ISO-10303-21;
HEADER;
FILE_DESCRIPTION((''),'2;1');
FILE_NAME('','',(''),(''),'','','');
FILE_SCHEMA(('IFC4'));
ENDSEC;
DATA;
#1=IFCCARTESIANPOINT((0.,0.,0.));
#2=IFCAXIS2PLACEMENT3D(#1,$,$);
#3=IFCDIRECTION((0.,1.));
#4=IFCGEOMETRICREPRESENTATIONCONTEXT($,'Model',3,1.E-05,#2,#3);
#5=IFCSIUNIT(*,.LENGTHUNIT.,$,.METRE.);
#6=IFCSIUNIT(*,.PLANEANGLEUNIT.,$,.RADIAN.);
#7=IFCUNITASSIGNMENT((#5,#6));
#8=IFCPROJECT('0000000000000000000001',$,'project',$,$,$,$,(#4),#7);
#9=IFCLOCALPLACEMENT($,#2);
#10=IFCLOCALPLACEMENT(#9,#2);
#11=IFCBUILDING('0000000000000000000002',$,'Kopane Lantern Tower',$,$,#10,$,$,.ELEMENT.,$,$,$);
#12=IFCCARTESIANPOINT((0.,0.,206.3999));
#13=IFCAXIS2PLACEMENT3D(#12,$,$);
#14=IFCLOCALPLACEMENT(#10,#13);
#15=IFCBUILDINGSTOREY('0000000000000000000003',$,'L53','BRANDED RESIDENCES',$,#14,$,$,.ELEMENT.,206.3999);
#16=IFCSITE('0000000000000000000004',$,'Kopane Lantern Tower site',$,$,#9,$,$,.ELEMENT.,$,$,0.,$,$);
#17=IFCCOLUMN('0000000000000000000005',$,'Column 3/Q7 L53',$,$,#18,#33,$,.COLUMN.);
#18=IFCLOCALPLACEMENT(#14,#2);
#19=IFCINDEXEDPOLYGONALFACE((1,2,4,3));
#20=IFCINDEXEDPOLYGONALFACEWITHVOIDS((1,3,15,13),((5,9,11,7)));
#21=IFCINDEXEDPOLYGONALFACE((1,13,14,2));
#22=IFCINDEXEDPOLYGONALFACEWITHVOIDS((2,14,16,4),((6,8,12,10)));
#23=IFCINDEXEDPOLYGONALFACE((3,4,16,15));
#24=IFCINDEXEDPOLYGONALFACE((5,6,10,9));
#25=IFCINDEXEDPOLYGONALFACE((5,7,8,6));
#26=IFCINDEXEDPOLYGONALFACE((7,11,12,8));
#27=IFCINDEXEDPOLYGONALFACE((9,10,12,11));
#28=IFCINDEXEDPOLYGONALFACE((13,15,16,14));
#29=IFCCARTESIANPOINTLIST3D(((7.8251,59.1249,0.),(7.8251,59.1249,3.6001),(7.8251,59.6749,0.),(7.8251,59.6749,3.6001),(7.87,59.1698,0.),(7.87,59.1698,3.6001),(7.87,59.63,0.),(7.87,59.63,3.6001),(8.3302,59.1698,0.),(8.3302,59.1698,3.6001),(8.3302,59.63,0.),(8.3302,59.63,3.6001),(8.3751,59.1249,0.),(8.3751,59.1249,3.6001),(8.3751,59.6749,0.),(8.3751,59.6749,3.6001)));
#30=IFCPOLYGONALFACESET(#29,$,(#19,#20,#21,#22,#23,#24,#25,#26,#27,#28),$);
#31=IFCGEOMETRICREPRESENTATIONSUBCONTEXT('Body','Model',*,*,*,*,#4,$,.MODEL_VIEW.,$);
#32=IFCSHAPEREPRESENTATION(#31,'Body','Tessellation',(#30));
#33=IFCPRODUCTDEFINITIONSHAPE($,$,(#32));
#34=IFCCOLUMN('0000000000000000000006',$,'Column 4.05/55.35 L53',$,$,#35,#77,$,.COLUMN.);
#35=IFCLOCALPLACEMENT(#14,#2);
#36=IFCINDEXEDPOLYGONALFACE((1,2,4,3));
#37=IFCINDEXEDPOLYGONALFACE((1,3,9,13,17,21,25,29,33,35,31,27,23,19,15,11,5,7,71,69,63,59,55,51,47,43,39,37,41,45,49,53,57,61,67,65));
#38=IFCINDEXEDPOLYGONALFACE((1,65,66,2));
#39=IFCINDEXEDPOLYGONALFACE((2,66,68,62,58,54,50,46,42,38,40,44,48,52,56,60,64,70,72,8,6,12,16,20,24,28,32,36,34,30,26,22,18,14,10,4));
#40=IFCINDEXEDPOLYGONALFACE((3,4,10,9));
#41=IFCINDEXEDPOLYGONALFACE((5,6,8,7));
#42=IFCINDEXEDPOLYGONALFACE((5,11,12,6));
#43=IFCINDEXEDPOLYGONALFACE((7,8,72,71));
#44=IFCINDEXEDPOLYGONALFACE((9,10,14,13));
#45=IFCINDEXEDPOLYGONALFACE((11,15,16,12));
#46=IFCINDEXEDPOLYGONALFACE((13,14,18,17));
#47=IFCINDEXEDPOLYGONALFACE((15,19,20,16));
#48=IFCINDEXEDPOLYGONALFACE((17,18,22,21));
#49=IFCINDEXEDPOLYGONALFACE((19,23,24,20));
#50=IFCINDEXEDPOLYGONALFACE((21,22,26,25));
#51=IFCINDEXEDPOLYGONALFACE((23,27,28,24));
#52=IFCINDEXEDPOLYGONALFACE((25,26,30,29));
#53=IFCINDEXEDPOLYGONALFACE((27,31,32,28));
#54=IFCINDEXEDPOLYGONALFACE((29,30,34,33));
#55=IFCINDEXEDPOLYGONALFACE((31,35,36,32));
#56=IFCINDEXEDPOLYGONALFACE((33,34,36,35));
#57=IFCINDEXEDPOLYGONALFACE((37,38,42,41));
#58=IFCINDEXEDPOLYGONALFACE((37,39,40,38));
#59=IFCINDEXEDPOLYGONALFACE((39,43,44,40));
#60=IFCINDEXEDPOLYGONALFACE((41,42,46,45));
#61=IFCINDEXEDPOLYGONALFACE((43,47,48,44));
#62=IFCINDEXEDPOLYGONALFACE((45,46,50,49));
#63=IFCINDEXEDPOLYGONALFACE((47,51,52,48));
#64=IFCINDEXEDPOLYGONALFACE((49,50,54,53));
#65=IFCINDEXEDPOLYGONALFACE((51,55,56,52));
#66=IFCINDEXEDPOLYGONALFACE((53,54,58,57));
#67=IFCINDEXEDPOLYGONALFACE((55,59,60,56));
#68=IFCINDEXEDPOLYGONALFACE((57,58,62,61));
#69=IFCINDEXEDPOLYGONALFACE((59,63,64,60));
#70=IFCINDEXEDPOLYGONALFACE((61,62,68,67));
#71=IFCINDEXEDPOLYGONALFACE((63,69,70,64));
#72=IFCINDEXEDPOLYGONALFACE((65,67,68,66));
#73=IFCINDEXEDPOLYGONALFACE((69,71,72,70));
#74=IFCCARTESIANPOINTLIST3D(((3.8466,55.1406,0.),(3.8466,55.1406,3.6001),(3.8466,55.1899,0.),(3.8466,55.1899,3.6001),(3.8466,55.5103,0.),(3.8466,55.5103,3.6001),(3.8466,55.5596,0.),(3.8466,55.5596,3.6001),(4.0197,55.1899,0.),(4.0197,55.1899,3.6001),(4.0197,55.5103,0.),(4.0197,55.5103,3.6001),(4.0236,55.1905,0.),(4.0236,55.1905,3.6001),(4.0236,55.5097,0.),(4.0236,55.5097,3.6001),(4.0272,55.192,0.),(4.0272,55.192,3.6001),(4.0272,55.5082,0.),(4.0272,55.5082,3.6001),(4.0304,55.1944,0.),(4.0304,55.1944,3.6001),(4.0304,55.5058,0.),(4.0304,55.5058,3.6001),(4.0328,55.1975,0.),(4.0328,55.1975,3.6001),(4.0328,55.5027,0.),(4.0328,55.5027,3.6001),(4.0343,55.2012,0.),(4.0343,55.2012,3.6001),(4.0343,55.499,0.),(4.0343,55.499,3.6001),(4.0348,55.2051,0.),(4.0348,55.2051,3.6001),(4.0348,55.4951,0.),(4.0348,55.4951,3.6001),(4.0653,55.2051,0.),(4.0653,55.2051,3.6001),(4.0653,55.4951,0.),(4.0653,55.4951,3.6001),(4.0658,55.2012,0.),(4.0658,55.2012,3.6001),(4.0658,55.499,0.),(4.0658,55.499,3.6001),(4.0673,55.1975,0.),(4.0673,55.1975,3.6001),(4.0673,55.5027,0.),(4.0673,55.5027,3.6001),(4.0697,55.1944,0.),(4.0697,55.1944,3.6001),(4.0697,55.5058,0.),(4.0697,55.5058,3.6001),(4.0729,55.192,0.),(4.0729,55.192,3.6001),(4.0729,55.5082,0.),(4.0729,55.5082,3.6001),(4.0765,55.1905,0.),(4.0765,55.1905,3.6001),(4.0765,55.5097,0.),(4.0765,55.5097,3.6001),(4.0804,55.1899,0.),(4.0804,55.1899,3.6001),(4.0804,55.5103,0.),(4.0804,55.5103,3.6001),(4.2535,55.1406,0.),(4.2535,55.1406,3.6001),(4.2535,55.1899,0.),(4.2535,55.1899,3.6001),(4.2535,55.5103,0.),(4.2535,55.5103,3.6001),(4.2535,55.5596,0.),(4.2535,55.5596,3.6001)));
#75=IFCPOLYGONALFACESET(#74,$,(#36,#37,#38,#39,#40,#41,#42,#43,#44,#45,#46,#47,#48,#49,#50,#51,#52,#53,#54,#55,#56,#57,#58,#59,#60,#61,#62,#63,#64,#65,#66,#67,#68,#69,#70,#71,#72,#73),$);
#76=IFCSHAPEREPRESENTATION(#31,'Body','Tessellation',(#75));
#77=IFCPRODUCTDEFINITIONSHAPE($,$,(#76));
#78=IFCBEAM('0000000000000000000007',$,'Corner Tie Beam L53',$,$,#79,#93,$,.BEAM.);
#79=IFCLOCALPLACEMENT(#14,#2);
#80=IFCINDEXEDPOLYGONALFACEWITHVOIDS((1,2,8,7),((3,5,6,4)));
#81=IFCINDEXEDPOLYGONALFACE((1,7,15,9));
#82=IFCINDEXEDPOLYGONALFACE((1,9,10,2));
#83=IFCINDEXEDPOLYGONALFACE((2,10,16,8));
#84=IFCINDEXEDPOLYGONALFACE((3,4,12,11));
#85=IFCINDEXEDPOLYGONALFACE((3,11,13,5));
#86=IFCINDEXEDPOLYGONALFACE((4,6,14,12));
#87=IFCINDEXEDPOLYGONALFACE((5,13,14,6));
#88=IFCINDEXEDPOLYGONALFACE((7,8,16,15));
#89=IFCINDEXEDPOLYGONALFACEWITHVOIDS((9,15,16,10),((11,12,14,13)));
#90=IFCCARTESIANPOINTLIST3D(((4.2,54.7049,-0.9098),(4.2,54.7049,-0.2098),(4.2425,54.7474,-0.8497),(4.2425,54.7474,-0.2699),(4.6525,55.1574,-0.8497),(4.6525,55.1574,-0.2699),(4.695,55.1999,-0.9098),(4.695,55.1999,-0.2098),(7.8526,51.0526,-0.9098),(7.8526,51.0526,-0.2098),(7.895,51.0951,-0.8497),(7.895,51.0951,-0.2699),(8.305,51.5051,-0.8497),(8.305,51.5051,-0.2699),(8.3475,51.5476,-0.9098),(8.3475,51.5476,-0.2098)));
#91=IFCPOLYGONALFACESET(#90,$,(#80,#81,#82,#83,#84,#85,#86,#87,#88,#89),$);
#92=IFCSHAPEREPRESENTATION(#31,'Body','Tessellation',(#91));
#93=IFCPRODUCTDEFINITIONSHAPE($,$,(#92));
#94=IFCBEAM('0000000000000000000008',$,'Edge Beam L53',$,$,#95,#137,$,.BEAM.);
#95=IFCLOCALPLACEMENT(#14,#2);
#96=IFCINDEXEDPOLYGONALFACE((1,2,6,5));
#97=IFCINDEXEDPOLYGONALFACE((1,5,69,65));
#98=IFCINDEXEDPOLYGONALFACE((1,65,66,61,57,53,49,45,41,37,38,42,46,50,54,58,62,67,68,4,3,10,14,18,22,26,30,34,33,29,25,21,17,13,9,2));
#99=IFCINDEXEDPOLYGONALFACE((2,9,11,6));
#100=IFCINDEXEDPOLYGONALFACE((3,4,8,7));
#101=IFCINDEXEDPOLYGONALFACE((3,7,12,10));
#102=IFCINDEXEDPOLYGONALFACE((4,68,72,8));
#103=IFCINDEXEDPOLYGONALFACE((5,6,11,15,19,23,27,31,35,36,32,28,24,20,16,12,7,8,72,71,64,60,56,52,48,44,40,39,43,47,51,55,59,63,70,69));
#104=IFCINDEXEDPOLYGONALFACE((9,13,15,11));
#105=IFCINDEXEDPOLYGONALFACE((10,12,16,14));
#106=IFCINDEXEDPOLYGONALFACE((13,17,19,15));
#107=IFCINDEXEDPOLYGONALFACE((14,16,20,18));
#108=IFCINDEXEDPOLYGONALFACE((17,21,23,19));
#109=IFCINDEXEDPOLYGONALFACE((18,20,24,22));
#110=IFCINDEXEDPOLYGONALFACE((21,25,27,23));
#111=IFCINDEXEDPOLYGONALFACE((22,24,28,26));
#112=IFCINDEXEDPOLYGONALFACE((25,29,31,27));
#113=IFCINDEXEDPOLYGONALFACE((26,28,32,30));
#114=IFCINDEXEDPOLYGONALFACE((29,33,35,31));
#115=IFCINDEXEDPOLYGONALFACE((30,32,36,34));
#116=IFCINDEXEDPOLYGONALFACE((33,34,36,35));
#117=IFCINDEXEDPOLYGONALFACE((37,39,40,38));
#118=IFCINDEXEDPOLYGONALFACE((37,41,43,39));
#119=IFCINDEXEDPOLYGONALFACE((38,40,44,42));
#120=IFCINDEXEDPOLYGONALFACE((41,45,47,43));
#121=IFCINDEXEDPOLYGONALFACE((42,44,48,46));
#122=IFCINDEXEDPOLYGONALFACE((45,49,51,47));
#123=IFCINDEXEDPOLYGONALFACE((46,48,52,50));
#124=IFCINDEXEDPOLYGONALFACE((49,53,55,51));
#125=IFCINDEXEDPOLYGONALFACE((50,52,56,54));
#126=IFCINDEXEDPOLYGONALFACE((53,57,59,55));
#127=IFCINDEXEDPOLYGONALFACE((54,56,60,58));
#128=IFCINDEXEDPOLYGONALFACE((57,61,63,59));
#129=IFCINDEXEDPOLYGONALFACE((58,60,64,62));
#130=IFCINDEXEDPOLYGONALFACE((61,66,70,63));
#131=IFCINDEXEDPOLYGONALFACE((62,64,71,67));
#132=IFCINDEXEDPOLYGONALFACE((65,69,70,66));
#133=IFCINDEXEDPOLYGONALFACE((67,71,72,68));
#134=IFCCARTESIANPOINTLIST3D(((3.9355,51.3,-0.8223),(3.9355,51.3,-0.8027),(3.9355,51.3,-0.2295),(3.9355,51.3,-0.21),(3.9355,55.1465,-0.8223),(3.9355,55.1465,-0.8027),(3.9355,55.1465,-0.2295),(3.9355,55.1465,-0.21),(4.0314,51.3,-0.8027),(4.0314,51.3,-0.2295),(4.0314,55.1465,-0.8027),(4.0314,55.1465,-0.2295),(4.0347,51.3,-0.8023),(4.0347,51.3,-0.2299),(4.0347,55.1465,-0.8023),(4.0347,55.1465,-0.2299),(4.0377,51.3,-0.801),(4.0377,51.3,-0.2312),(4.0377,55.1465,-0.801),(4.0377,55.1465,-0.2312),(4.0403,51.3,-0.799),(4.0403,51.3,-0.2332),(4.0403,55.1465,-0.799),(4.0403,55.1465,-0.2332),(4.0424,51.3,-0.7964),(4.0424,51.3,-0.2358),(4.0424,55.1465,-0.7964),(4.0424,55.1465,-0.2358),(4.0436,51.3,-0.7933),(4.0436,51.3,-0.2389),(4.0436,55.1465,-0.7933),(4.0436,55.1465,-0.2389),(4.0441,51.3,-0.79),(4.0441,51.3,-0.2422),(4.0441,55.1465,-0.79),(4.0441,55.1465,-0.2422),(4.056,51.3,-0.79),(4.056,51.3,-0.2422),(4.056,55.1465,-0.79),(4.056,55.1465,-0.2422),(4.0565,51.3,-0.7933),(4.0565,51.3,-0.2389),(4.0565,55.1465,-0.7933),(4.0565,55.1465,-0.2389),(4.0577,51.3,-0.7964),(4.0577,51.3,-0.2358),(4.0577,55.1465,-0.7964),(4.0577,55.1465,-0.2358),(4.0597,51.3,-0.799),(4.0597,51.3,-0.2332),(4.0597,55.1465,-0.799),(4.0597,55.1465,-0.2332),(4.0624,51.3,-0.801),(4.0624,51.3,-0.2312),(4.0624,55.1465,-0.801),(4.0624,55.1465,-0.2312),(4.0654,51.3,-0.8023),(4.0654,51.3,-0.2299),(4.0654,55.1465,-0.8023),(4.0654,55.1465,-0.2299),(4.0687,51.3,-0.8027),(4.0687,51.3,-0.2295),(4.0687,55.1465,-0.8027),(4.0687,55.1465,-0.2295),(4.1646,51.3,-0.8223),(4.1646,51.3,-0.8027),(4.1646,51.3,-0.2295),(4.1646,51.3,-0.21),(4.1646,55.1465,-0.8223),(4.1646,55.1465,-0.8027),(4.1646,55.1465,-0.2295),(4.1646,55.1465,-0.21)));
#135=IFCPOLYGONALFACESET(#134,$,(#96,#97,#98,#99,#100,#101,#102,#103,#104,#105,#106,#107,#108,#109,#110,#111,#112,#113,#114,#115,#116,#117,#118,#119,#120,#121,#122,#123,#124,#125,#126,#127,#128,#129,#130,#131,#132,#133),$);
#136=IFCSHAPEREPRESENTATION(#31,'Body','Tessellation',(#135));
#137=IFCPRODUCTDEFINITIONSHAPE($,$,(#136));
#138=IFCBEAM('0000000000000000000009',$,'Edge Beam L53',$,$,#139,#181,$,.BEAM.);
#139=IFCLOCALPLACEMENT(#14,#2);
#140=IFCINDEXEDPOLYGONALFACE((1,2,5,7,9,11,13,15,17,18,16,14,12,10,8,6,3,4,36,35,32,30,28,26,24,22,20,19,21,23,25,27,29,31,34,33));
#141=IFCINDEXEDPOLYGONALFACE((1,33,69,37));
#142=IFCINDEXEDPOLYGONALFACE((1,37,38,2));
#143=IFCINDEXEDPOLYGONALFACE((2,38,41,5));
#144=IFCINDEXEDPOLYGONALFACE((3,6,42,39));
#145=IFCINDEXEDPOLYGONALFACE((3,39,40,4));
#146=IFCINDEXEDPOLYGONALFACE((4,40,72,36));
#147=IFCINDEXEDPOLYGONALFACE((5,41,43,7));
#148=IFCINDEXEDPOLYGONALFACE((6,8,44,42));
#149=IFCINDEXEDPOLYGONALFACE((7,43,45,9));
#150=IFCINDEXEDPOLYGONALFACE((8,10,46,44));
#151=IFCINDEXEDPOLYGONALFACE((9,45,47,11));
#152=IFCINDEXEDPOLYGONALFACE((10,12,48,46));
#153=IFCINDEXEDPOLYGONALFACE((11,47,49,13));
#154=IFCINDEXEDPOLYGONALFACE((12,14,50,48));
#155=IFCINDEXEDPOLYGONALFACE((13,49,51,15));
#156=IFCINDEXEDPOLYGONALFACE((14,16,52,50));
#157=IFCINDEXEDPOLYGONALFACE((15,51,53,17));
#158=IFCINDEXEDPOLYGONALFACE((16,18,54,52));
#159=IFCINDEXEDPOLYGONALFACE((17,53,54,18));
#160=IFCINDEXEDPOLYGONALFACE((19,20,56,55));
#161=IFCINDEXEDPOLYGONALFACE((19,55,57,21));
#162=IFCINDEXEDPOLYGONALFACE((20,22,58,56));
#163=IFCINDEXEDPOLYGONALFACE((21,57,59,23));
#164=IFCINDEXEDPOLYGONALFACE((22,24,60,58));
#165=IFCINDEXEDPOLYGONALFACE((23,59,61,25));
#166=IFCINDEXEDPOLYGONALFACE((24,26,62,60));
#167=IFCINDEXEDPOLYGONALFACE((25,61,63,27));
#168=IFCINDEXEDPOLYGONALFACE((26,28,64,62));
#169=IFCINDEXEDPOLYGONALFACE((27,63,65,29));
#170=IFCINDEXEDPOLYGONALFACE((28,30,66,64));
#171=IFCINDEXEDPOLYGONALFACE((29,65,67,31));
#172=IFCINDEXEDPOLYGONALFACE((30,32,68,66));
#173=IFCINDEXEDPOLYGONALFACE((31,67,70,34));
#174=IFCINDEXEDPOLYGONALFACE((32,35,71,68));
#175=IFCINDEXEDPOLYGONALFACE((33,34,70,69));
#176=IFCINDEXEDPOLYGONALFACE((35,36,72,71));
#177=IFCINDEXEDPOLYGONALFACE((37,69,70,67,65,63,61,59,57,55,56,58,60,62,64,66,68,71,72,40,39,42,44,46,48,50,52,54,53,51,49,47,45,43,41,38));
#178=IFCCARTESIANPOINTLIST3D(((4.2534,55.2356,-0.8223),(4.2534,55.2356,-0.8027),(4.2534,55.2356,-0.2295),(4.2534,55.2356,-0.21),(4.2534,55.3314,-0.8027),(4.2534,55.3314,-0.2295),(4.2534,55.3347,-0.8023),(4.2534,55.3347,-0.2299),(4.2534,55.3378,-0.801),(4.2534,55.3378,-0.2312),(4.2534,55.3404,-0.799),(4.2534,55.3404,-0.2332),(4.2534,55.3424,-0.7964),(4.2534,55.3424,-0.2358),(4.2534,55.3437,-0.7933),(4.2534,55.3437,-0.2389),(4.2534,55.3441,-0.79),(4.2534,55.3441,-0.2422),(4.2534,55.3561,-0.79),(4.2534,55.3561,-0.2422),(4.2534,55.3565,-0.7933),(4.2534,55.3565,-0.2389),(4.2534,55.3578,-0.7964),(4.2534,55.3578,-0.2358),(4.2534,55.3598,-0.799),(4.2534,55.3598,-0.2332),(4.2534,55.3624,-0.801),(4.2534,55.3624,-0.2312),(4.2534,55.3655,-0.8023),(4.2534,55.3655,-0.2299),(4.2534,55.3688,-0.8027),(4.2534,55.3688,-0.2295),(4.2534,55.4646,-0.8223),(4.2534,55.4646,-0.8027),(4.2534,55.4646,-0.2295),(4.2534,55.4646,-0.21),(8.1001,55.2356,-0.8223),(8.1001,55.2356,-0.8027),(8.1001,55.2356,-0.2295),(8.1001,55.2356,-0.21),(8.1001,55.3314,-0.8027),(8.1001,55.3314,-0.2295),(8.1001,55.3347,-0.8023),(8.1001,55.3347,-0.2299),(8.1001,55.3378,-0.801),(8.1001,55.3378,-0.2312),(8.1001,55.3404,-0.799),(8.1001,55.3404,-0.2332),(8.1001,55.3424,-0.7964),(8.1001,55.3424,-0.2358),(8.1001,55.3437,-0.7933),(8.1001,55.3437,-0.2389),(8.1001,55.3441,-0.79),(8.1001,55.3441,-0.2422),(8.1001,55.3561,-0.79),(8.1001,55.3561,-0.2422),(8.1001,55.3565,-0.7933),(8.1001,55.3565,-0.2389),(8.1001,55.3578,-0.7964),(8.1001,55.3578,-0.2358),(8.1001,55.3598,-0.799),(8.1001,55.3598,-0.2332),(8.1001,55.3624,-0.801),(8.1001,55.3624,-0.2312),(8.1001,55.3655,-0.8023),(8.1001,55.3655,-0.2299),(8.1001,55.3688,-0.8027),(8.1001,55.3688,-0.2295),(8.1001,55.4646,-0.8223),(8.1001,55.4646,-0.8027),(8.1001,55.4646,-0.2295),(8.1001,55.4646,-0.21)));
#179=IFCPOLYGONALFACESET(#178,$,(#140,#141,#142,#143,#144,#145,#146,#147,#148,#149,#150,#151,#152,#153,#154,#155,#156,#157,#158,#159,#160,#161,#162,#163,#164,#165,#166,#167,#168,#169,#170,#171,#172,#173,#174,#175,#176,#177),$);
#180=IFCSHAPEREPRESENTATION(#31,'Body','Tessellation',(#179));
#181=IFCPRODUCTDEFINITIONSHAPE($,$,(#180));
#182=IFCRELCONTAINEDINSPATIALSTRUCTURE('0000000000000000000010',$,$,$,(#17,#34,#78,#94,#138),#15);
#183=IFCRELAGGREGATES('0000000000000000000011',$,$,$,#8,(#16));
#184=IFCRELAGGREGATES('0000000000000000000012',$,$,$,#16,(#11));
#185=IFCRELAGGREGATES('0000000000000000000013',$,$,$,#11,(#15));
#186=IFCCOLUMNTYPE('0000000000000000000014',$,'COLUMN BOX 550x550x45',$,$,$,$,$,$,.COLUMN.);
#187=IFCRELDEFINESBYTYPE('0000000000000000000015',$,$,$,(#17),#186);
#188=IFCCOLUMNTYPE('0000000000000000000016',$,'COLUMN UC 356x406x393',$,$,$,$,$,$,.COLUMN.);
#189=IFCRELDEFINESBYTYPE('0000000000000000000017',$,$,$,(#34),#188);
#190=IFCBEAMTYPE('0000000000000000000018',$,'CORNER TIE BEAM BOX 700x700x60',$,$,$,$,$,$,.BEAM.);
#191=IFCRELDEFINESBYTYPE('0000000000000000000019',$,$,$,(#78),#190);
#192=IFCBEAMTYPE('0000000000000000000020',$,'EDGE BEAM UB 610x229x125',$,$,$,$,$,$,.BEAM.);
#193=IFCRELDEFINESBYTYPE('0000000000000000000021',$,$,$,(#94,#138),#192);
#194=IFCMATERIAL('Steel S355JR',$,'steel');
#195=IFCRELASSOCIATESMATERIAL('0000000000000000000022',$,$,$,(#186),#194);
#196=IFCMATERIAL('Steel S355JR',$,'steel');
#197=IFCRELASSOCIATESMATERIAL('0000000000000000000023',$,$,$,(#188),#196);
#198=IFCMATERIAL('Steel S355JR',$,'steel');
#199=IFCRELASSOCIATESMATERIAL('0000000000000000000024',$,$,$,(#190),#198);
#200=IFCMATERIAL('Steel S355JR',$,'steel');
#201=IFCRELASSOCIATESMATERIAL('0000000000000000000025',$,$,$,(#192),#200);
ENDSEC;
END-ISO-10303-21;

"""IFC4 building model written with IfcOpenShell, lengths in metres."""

from ifc_helpers import new_model, si_unit, direction, frame, origin, origin_2d, place, context, subcontext, project, spatial, hollow_rectangle, i_section, extrude, material, material_profile, profile_set, type_object, element, save


model = new_model("IFC4")

# Units and contexts
model_context = context("Model", 3, precision=1e-05, world=origin(), true_north=direction((0.0, 1.0)))
body_context = subcontext(model_context, "Body", "Model", "MODEL_VIEW")
ifc_project = project(units=[si_unit("LENGTHUNIT", "METRE"), si_unit("PLANEANGLEUNIT", "RADIAN")], contexts=[model_context])

# Site, building, storey
site_placement = place(None, origin())
site = spatial("IfcSite", under=ifc_project, at=site_placement, Name="Kopane Lantern Tower site", CompositionType="ELEMENT", RefElevation=0.0)
building_placement = place(site_placement, origin())
building = spatial("IfcBuilding", under=site, at=building_placement, Name="Kopane Lantern Tower", CompositionType="ELEMENT")
storey_placement = place(building_placement, frame((0.0, 0.0, 206.3999)))
storey = spatial("IfcBuildingStorey", under=building, at=storey_placement, Name="L53", Description="BRANDED RESIDENCES", CompositionType="ELEMENT", Elevation=206.3999)

# Columns
ifc_material_1 = material(Name="Steel S355JR", Category="steel")
ifc_material_profile_1 = material_profile(ifc_material_1, hollow_rectangle(XDim=0.55, YDim=0.55, WallThickness=0.0449, at=origin_2d()), Name="BOX 550x550x45")
ifc_profile_set_1 = profile_set([ifc_material_profile_1], Name="Steel S355JR")
column_type_1 = type_object("IfcColumnType", Name="COLUMN BOX 550x550x45", PredefinedType="COLUMN", material=ifc_profile_set_1)
column_1_placement = place(storey_placement, frame((8.1001, 59.3999, 0.0), z_axis=(0.0, 0.0, 1.0), x_axis=(1.0, 0.0, 0.0)))
element("IfcColumn", 1, at=column_1_placement, inside=storey, type_object=column_type_1, Name="Column 3/Q7 L53", PredefinedType="COLUMN", context=body_context, shape_type="SweptSolid", body=[
    extrude(hollow_rectangle(XDim=0.55, YDim=0.55, WallThickness=0.0449, at=origin_2d()), origin(), (0.0, 0.0, 1.0), 3.6001),
])
ifc_material_2 = material(Name="Steel S355JR", Category="steel")
ifc_material_profile_2 = material_profile(ifc_material_2, i_section(OverallWidth=0.407, OverallDepth=0.4189, WebThickness=0.0305, FlangeThickness=0.0493, FilletRadius=0.0151, at=origin_2d()), Name="UC 356x406x393")
ifc_profile_set_2 = profile_set([ifc_material_profile_2], Name="Steel S355JR")
column_type_2 = type_object("IfcColumnType", Name="COLUMN UC 356x406x393", PredefinedType="COLUMN", material=ifc_profile_set_2)
column_2_placement = place(storey_placement, frame((4.05, 55.3501, 0.0), z_axis=(0.0, 0.0, 1.0), x_axis=(1.0, 0.0, 0.0)))
element("IfcColumn", 2, at=column_2_placement, inside=storey, type_object=column_type_2, Name="Column 4.05/55.35 L53", PredefinedType="COLUMN", context=body_context, shape_type="SweptSolid", body=[
    extrude(i_section(OverallWidth=0.407, OverallDepth=0.4189, WebThickness=0.0305, FlangeThickness=0.0493, FilletRadius=0.0151, at=origin_2d()), origin(), (0.0, 0.0, 1.0), 3.6001),
])

# Beams
ifc_material_3 = material(Name="Steel S355JR", Category="steel")
ifc_material_profile_3 = material_profile(ifc_material_3, hollow_rectangle(XDim=0.7, YDim=0.7, WallThickness=0.0601, at=origin_2d()), Name="BOX 700x700x60")
ifc_profile_set_3 = profile_set([ifc_material_profile_3], Name="Steel S355JR")
beam_type_1 = type_object("IfcBeamType", Name="CORNER TIE BEAM BOX 700x700x60", PredefinedType="BEAM", material=ifc_profile_set_3)
beam_1_placement = place(storey_placement, frame((4.4475, 54.9524, -0.5598), z_axis=(0.70713, -0.707083, 0.0), x_axis=(0.707083, 0.70713, 0.0)))
element("IfcBeam", 3, at=beam_1_placement, inside=storey, type_object=beam_type_1, Name="Corner Tie Beam L53", PredefinedType="BEAM", context=body_context, shape_type="SweptSolid", body=[
    extrude(hollow_rectangle(XDim=0.7, YDim=0.7, WallThickness=0.0601, at=origin_2d()), origin(), (0.0, 0.0, 1.0), 5.1653),
])
ifc_material_4 = material(Name="Steel S355JR", Category="steel")
ifc_material_profile_4 = material_profile(ifc_material_4, i_section(OverallWidth=0.229, OverallDepth=0.6123, WebThickness=0.012, FlangeThickness=0.0195, FilletRadius=0.0127, at=origin_2d()), Name="UB 610x229x125")
ifc_profile_set_4 = profile_set([ifc_material_profile_4], Name="Steel S355JR")
beam_type_2 = type_object("IfcBeamType", Name="EDGE BEAM UB 610x229x125", PredefinedType="BEAM", material=ifc_profile_set_4)
beam_2_placement = place(storey_placement, frame((4.05, 55.1465, -0.5161), z_axis=(0.0, -1.0, 0.0), x_axis=(1.0, 0.0, 0.0)))
element("IfcBeam", 4, at=beam_2_placement, inside=storey, type_object=beam_type_2, Name="Edge Beam L53", PredefinedType="BEAM", context=body_context, shape_type="SweptSolid", body=[
    extrude(i_section(OverallWidth=0.229, OverallDepth=0.6123, WebThickness=0.012, FlangeThickness=0.0195, FilletRadius=0.0127, at=origin_2d()), origin(), (0.0, 0.0, 1.0), 3.8464),
])
beam_3_placement = place(storey_placement, frame((4.2534, 55.3501, -0.5161), z_axis=(1.0, 0.0, 0.0), x_axis=(0.0, 1.0, 0.0)))
element("IfcBeam", 5, at=beam_3_placement, inside=storey, type_object=beam_type_2, Name="Edge Beam L53", PredefinedType="BEAM", context=body_context, shape_type="SweptSolid", body=[
    extrude(i_section(OverallWidth=0.229, OverallDepth=0.6123, WebThickness=0.012, FlangeThickness=0.0195, FilletRadius=0.0127, at=origin_2d()), origin(), (0.0, 0.0, 1.0), 3.8467),
])

save(model, "model.ifc")
